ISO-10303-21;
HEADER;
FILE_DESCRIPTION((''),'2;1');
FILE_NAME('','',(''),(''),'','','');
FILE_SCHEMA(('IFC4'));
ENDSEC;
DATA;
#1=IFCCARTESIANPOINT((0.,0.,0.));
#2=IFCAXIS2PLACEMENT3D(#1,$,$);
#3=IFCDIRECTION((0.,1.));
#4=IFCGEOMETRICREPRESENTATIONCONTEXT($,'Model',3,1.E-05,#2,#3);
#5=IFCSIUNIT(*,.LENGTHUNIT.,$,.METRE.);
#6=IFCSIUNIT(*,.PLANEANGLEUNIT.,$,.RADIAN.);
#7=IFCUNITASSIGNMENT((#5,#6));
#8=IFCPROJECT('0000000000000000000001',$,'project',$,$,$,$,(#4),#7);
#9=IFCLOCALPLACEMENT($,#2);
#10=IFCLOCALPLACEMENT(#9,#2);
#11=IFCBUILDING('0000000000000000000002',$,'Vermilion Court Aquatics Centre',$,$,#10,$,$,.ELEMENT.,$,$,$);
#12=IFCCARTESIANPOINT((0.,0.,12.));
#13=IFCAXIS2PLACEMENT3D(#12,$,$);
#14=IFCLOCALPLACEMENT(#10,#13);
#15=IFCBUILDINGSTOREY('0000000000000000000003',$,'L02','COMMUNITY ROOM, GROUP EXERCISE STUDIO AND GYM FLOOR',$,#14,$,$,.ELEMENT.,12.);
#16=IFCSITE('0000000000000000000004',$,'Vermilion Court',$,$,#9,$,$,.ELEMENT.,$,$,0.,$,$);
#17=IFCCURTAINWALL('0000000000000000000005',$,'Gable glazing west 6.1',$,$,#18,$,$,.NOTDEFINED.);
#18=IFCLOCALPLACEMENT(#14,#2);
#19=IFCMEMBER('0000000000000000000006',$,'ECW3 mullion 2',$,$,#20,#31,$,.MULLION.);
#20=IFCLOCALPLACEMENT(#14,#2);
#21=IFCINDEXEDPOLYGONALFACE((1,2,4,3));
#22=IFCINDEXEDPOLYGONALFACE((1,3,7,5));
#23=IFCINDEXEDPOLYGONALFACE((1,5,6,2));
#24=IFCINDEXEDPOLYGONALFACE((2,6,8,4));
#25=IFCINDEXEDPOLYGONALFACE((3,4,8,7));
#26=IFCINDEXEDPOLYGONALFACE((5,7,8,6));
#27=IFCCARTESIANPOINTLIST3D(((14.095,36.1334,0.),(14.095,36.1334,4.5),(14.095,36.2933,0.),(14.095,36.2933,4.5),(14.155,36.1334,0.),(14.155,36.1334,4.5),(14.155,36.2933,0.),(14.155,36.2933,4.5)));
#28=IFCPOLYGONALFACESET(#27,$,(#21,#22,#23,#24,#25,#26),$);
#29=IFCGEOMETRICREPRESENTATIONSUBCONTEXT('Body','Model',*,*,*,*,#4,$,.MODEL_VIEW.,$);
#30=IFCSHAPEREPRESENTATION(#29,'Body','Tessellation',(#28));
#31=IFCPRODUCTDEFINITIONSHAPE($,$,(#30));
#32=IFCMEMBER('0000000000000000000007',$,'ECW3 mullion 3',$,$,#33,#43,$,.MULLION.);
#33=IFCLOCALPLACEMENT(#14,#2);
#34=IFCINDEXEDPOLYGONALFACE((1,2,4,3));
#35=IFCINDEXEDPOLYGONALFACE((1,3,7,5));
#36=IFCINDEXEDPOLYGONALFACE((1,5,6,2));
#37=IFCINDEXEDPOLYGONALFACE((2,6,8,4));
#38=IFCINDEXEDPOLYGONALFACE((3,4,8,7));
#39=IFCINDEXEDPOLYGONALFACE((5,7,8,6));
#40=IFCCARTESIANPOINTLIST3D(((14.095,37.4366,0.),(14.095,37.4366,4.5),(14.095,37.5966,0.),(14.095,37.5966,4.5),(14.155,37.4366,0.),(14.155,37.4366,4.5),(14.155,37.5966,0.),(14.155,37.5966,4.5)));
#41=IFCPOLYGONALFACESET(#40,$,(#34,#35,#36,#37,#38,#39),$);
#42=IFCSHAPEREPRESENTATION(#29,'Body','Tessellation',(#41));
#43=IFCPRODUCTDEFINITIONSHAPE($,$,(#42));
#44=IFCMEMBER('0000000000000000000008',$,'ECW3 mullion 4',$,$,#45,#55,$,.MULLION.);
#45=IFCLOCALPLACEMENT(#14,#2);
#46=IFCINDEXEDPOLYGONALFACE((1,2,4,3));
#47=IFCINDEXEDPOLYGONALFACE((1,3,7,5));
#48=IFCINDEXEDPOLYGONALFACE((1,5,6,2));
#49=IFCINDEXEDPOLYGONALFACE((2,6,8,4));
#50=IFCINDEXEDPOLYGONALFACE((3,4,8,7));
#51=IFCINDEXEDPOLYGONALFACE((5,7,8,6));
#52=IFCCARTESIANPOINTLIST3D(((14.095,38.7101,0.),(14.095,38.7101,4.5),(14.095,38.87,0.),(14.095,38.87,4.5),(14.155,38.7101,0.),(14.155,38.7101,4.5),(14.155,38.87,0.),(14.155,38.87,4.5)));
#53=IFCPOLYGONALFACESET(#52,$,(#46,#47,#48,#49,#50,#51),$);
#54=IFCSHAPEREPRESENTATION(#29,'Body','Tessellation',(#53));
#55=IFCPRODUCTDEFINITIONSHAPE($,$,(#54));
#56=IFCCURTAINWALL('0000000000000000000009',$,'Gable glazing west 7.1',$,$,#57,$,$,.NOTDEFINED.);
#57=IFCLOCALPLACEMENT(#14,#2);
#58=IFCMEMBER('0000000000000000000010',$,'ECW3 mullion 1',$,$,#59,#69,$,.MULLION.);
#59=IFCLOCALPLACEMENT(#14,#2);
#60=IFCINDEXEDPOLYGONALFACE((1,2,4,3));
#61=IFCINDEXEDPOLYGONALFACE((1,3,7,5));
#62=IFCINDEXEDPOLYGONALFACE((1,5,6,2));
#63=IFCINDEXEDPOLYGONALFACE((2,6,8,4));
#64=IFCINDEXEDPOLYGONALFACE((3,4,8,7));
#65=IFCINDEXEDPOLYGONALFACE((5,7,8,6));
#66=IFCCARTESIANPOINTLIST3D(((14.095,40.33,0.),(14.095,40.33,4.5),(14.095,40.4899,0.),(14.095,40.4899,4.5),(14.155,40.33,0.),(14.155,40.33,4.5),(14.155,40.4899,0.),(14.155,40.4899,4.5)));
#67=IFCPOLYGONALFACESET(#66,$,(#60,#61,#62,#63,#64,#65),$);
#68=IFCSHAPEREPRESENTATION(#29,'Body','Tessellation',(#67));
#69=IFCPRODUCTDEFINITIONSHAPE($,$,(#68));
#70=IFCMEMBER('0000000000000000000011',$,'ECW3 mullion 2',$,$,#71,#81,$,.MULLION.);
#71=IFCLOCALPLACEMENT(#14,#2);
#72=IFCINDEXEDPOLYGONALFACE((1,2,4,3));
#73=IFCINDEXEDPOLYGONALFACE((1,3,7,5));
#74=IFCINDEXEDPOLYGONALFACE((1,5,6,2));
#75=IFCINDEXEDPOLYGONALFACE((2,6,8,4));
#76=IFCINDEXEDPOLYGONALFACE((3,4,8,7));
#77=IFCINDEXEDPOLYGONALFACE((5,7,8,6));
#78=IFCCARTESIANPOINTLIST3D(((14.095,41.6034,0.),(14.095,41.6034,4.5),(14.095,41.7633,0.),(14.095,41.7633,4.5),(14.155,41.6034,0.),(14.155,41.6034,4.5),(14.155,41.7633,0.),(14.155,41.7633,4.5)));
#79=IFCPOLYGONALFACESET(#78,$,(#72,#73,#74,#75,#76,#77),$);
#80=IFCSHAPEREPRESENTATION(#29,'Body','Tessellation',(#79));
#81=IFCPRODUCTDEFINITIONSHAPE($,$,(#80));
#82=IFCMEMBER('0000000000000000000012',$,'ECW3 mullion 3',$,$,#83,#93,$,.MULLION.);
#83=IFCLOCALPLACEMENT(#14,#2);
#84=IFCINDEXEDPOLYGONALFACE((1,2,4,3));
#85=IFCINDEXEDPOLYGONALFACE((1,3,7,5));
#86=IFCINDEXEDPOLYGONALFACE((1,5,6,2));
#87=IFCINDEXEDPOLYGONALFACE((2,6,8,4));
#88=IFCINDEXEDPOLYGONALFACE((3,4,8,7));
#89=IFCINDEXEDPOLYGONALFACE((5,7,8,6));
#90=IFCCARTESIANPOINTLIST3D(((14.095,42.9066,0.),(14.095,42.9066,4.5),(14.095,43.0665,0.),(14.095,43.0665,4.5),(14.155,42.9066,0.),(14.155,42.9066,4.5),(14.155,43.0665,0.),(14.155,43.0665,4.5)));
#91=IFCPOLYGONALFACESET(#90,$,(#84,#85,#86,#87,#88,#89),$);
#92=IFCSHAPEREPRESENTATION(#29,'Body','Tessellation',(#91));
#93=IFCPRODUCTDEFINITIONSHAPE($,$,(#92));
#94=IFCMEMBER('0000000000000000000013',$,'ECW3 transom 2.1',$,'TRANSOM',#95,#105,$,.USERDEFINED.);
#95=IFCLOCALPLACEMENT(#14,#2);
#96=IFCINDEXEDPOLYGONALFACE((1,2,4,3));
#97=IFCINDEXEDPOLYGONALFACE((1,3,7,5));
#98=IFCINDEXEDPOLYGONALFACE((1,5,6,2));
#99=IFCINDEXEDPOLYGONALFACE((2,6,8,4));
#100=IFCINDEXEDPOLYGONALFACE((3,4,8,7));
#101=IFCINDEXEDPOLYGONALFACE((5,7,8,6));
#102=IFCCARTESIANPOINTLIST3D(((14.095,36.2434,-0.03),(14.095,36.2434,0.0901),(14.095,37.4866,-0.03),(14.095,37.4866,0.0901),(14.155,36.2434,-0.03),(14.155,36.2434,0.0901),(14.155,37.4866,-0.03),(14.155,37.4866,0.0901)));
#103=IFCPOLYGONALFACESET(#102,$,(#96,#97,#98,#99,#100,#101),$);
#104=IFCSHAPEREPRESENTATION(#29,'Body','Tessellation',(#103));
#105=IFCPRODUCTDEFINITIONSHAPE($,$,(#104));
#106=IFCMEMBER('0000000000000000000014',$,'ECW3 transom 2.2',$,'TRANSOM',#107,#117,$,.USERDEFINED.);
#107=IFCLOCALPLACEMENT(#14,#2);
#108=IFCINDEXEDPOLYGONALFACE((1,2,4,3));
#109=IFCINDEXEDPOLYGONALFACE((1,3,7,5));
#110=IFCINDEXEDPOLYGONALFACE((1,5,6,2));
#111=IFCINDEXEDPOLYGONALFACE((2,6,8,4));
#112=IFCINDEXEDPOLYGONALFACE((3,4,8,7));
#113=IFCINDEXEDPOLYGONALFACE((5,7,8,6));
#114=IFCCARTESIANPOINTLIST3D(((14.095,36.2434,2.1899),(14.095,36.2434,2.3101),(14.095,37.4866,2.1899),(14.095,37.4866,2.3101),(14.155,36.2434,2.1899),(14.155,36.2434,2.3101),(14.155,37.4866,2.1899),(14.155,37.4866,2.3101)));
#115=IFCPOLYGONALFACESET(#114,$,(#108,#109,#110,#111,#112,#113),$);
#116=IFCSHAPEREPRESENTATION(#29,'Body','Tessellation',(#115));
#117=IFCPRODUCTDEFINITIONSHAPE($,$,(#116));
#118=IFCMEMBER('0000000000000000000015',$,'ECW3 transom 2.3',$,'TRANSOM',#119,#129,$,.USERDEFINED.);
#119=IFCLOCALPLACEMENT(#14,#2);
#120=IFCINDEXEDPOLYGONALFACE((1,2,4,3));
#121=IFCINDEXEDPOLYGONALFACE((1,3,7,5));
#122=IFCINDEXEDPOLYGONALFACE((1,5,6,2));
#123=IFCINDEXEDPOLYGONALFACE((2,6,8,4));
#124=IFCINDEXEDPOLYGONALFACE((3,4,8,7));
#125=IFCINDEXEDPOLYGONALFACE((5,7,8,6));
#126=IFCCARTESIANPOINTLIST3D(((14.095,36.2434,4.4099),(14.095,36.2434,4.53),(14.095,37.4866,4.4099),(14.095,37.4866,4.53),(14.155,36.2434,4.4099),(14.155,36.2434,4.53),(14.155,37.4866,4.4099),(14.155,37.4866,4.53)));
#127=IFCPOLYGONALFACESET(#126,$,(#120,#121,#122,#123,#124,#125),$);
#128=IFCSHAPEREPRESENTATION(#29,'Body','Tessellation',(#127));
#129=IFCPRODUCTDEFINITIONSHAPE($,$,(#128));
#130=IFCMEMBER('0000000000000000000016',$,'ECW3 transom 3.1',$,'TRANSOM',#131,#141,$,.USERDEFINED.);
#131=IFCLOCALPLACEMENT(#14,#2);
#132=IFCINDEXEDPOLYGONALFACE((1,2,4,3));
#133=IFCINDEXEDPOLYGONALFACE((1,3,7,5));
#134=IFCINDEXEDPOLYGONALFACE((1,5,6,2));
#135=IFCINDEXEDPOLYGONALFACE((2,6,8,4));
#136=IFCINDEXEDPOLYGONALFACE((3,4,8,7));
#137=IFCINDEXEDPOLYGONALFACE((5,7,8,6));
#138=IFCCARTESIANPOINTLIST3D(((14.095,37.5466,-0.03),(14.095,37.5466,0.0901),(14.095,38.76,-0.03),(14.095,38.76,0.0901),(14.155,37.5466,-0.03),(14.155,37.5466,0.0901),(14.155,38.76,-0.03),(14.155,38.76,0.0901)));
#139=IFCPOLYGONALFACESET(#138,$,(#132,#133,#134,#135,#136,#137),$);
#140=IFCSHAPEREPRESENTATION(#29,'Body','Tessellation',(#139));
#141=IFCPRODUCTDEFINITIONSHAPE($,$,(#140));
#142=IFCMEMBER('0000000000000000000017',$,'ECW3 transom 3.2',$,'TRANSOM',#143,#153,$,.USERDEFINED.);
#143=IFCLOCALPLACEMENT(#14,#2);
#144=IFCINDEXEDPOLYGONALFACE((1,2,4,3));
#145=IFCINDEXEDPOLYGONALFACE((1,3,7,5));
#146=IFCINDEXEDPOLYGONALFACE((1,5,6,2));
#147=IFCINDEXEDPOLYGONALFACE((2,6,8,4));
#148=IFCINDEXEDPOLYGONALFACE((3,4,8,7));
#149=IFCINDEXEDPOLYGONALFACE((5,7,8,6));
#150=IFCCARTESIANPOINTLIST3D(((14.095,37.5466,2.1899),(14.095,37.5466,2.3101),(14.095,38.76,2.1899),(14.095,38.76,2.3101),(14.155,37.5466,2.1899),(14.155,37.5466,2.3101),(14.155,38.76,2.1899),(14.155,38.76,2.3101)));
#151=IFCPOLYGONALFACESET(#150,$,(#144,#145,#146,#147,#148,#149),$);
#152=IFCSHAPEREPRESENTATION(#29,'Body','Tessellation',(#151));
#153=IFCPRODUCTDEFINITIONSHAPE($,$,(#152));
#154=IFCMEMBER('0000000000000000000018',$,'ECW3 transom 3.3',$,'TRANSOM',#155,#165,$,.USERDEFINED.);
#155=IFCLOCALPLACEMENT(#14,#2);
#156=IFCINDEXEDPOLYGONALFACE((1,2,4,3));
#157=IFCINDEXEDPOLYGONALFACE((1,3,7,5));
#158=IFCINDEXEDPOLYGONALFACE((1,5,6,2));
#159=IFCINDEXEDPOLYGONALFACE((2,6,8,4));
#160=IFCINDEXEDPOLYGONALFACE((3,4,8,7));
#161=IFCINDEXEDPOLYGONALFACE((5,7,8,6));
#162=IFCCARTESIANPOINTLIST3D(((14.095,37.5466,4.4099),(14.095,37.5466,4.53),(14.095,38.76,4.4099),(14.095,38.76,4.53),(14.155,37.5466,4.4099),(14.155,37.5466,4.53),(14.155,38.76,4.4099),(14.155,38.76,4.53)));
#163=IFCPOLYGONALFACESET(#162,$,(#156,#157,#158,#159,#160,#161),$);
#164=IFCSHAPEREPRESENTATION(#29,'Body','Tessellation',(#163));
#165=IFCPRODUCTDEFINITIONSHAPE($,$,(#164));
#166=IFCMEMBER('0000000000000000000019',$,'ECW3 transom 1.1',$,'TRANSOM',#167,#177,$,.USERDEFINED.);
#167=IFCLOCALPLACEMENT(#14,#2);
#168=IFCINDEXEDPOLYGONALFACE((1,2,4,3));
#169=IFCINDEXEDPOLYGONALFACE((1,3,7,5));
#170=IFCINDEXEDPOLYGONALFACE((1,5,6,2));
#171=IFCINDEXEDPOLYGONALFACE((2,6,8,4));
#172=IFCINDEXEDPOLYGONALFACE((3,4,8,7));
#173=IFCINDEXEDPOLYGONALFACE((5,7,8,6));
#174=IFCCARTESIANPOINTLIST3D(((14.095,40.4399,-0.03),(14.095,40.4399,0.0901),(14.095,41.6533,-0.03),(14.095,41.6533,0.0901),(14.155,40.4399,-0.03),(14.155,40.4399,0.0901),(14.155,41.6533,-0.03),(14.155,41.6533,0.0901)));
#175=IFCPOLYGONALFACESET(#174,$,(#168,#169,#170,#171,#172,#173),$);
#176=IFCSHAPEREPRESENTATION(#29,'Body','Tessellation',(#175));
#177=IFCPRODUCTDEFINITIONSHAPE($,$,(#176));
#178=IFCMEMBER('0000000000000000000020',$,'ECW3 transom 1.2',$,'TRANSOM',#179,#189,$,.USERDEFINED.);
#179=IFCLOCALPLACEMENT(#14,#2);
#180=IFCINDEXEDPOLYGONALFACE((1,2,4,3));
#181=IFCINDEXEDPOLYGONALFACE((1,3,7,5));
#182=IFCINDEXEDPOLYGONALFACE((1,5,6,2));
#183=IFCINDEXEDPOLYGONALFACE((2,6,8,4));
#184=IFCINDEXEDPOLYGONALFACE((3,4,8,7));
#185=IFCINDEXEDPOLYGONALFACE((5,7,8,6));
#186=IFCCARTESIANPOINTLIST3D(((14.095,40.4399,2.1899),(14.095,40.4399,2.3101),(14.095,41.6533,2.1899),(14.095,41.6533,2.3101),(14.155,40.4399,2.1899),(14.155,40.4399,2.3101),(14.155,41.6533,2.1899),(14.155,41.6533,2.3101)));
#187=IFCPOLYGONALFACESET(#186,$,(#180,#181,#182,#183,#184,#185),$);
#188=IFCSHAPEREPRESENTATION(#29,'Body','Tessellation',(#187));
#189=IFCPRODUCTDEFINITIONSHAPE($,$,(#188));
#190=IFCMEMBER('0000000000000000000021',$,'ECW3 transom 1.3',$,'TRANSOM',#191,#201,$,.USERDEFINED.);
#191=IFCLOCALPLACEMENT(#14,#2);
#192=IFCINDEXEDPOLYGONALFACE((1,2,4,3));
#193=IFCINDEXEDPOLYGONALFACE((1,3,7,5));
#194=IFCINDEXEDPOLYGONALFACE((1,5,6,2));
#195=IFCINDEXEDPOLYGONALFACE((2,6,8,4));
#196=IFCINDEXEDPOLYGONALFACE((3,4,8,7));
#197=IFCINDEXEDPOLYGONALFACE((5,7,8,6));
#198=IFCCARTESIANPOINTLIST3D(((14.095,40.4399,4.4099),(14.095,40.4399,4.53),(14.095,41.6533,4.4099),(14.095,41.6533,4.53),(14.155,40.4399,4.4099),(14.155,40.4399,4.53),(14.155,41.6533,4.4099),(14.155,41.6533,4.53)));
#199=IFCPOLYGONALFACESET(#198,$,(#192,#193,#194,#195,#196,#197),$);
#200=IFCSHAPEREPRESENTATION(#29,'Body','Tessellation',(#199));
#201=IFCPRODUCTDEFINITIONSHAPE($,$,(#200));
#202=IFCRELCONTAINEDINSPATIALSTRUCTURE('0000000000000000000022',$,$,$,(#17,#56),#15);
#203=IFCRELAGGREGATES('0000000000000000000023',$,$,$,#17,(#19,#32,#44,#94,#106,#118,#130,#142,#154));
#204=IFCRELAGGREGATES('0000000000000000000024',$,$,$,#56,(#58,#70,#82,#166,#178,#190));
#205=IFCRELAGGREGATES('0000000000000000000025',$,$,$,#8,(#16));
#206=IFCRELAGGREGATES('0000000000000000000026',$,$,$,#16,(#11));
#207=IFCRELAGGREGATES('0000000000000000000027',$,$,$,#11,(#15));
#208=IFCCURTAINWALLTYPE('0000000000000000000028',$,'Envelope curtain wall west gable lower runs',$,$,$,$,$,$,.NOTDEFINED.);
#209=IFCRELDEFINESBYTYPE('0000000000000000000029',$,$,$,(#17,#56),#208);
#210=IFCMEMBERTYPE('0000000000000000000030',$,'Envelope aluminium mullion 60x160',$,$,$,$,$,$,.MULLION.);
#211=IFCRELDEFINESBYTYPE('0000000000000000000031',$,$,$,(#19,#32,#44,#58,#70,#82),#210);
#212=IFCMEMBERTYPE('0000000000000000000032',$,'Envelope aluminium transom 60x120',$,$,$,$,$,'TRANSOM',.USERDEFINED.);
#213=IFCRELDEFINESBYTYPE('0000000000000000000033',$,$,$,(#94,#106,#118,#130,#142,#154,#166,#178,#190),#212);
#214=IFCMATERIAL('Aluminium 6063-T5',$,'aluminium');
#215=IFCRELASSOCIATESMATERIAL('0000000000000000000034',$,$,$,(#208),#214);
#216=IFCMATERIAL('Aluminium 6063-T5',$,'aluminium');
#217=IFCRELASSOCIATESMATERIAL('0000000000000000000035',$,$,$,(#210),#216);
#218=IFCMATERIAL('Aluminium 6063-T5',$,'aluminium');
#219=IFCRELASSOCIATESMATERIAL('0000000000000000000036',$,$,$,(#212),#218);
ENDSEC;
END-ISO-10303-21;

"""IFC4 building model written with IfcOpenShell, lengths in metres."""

from ifc_helpers import new_model, si_unit, direction, frame, origin, origin_2d, place, context, subcontext, project, spatial, rectangle, extrude, material, material_profile, profile_set, type_object, element, aggregate, save


model = new_model("IFC4")

# Units and contexts
model_context = context("Model", 3, precision=1e-05, world=origin(), true_north=direction((0.0, 1.0)))
body_context = subcontext(model_context, "Body", "Model", "MODEL_VIEW")
ifc_project = project(units=[si_unit("LENGTHUNIT", "METRE"), si_unit("PLANEANGLEUNIT", "RADIAN")], contexts=[model_context])

# Site, building, storey
site_placement = place(None, origin())
site = spatial("IfcSite", under=ifc_project, at=site_placement, Name="Vermilion Court", CompositionType="ELEMENT", RefElevation=0.0)
building_placement = place(site_placement, origin())
building = spatial("IfcBuilding", under=site, at=building_placement, Name="Vermilion Court Aquatics Centre", CompositionType="ELEMENT")
storey_placement = place(building_placement, frame((0.0, 0.0, 12.0)))
storey = spatial("IfcBuildingStorey", under=building, at=storey_placement, Name="L02", Description="COMMUNITY ROOM, GROUP EXERCISE STUDIO AND GYM FLOOR", CompositionType="ELEMENT", Elevation=12.0)

# Curtain walls, members
ifc_material_1 = material(Name="Aluminium 6063-T5", Category="aluminium")
curtain_wall_type = type_object("IfcCurtainWallType", Name="Envelope curtain wall west gable lower runs", PredefinedType="NOTDEFINED", material=ifc_material_1)
curtain_wall_1_placement = place(storey_placement, origin())
curtain_wall_1 = element("IfcCurtainWall", 1, at=curtain_wall_1_placement, inside=storey, type_object=curtain_wall_type, Name="Gable glazing west 6.1", PredefinedType="NOTDEFINED")
ifc_material_2 = material(Name="Aluminium 6063-T5", Category="aluminium")
ifc_material_profile_1 = material_profile(ifc_material_2, rectangle(XDim=0.0601, YDim=0.1599, at=origin_2d()), Name="AL 60x160")
ifc_profile_set_1 = profile_set([ifc_material_profile_1], Name="Aluminium 6063-T5")
member_type_1 = type_object("IfcMemberType", Name="Envelope aluminium mullion 60x160", PredefinedType="MULLION", material=ifc_profile_set_1)
member_1_placement = place(storey_placement, frame((14.125, 36.2134, 0.0), z_axis=(0.0, 0.0, 1.0), x_axis=(-1.0, 0.0, 0.0)))
member_1 = element("IfcMember", 2, at=member_1_placement, type_object=member_type_1, Name="ECW3 mullion 2", PredefinedType="MULLION", context=body_context, shape_type="SweptSolid", body=[
    extrude(rectangle(XDim=0.0601, YDim=0.1599, at=origin_2d()), origin(), (0.0, 0.0, 1.0), 4.5),
])
member_2_placement = place(storey_placement, frame((14.125, 37.5166, 0.0), z_axis=(0.0, 0.0, 1.0), x_axis=(-1.0, 0.0, 0.0)))
member_2 = element("IfcMember", 3, at=member_2_placement, type_object=member_type_1, Name="ECW3 mullion 3", PredefinedType="MULLION", context=body_context, shape_type="SweptSolid", body=[
    extrude(rectangle(XDim=0.0601, YDim=0.1599, at=origin_2d()), origin(), (0.0, 0.0, 1.0), 4.5),
])
member_3_placement = place(storey_placement, frame((14.125, 38.79, 0.0), z_axis=(0.0, 0.0, 1.0), x_axis=(-1.0, 0.0, 0.0)))
member_3 = element("IfcMember", 4, at=member_3_placement, type_object=member_type_1, Name="ECW3 mullion 4", PredefinedType="MULLION", context=body_context, shape_type="SweptSolid", body=[
    extrude(rectangle(XDim=0.0601, YDim=0.1599, at=origin_2d()), origin(), (0.0, 0.0, 1.0), 4.5),
])
curtain_wall_2_placement = place(storey_placement, origin())
curtain_wall_2 = element("IfcCurtainWall", 5, at=curtain_wall_2_placement, inside=storey, type_object=curtain_wall_type, Name="Gable glazing west 7.1", PredefinedType="NOTDEFINED")
member_4_placement = place(storey_placement, frame((14.125, 40.4099, 0.0), z_axis=(0.0, 0.0, 1.0), x_axis=(-1.0, 0.0, 0.0)))
member_4 = element("IfcMember", 6, at=member_4_placement, type_object=member_type_1, Name="ECW3 mullion 1", PredefinedType="MULLION", context=body_context, shape_type="SweptSolid", body=[
    extrude(rectangle(XDim=0.0601, YDim=0.1599, at=origin_2d()), origin(), (0.0, 0.0, 1.0), 4.5),
])
member_5_placement = place(storey_placement, frame((14.125, 41.6833, 0.0), z_axis=(0.0, 0.0, 1.0), x_axis=(-1.0, 0.0, 0.0)))
member_5 = element("IfcMember", 7, at=member_5_placement, type_object=member_type_1, Name="ECW3 mullion 2", PredefinedType="MULLION", context=body_context, shape_type="SweptSolid", body=[
    extrude(rectangle(XDim=0.0601, YDim=0.1599, at=origin_2d()), origin(), (0.0, 0.0, 1.0), 4.5),
])
member_6_placement = place(storey_placement, frame((14.125, 42.9866, 0.0), z_axis=(0.0, 0.0, 1.0), x_axis=(-1.0, 0.0, 0.0)))
member_6 = element("IfcMember", 8, at=member_6_placement, type_object=member_type_1, Name="ECW3 mullion 3", PredefinedType="MULLION", context=body_context, shape_type="SweptSolid", body=[
    extrude(rectangle(XDim=0.0601, YDim=0.1599, at=origin_2d()), origin(), (0.0, 0.0, 1.0), 4.5),
])

# Members
ifc_material_3 = material(Name="Aluminium 6063-T5", Category="aluminium")
ifc_material_profile_2 = material_profile(ifc_material_3, rectangle(XDim=0.0601, YDim=0.1201, at=origin_2d()), Name="AL 60x120")
ifc_profile_set_2 = profile_set([ifc_material_profile_2], Name="Aluminium 6063-T5")
member_type_2 = type_object("IfcMemberType", Name="Envelope aluminium transom 60x120", ElementType="TRANSOM", PredefinedType="USERDEFINED", material=ifc_profile_set_2)
member_7_placement = place(storey_placement, frame((14.125, 36.2434, 0.03), z_axis=(0.0, 1.0, 0.0), x_axis=(-1.0, 0.0, 0.0)))
member_7 = element("IfcMember", 9, at=member_7_placement, type_object=member_type_2, Name="ECW3 transom 2.1", ObjectType="TRANSOM", PredefinedType="USERDEFINED", context=body_context, shape_type="SweptSolid", body=[
    extrude(rectangle(XDim=0.0601, YDim=0.1201, at=origin_2d()), origin(), (0.0, 0.0, 1.0), 1.2432),
])
member_8_placement = place(storey_placement, frame((14.125, 36.2434, 2.25), z_axis=(0.0, 1.0, 0.0), x_axis=(-1.0, 0.0, 0.0)))
member_8 = element("IfcMember", 10, at=member_8_placement, type_object=member_type_2, Name="ECW3 transom 2.2", ObjectType="TRANSOM", PredefinedType="USERDEFINED", context=body_context, shape_type="SweptSolid", body=[
    extrude(rectangle(XDim=0.0601, YDim=0.1201, at=origin_2d()), origin(), (0.0, 0.0, 1.0), 1.2432),
])
member_9_placement = place(storey_placement, frame((14.125, 36.2434, 4.47), z_axis=(0.0, 1.0, 0.0), x_axis=(-1.0, 0.0, 0.0)))
member_9 = element("IfcMember", 11, at=member_9_placement, type_object=member_type_2, Name="ECW3 transom 2.3", ObjectType="TRANSOM", PredefinedType="USERDEFINED", context=body_context, shape_type="SweptSolid", body=[
    extrude(rectangle(XDim=0.0601, YDim=0.1201, at=origin_2d()), origin(), (0.0, 0.0, 1.0), 1.2432),
])
member_10_placement = place(storey_placement, frame((14.125, 37.5466, 0.03), z_axis=(0.0, 1.0, 0.0), x_axis=(-1.0, 0.0, 0.0)))
member_10 = element("IfcMember", 12, at=member_10_placement, type_object=member_type_2, Name="ECW3 transom 3.1", ObjectType="TRANSOM", PredefinedType="USERDEFINED", context=body_context, shape_type="SweptSolid", body=[
    extrude(rectangle(XDim=0.0601, YDim=0.1201, at=origin_2d()), origin(), (0.0, 0.0, 1.0), 1.2134),
])
member_11_placement = place(storey_placement, frame((14.125, 37.5466, 2.25), z_axis=(0.0, 1.0, 0.0), x_axis=(-1.0, 0.0, 0.0)))
member_11 = element("IfcMember", 13, at=member_11_placement, type_object=member_type_2, Name="ECW3 transom 3.2", ObjectType="TRANSOM", PredefinedType="USERDEFINED", context=body_context, shape_type="SweptSolid", body=[
    extrude(rectangle(XDim=0.0601, YDim=0.1201, at=origin_2d()), origin(), (0.0, 0.0, 1.0), 1.2134),
])
member_12_placement = place(storey_placement, frame((14.125, 37.5466, 4.47), z_axis=(0.0, 1.0, 0.0), x_axis=(-1.0, 0.0, 0.0)))
member_12 = element("IfcMember", 14, at=member_12_placement, type_object=member_type_2, Name="ECW3 transom 3.3", ObjectType="TRANSOM", PredefinedType="USERDEFINED", context=body_context, shape_type="SweptSolid", body=[
    extrude(rectangle(XDim=0.0601, YDim=0.1201, at=origin_2d()), origin(), (0.0, 0.0, 1.0), 1.2134),
])
member_13_placement = place(storey_placement, frame((14.125, 40.4399, 0.03), z_axis=(0.0, 1.0, 0.0), x_axis=(-1.0, 0.0, 0.0)))
member_13 = element("IfcMember", 15, at=member_13_placement, type_object=member_type_2, Name="ECW3 transom 1.1", ObjectType="TRANSOM", PredefinedType="USERDEFINED", context=body_context, shape_type="SweptSolid", body=[
    extrude(rectangle(XDim=0.0601, YDim=0.1201, at=origin_2d()), origin(), (0.0, 0.0, 1.0), 1.2134),
])
member_14_placement = place(storey_placement, frame((14.125, 40.4399, 2.25), z_axis=(0.0, 1.0, 0.0), x_axis=(-1.0, 0.0, 0.0)))
member_14 = element("IfcMember", 16, at=member_14_placement, type_object=member_type_2, Name="ECW3 transom 1.2", ObjectType="TRANSOM", PredefinedType="USERDEFINED", context=body_context, shape_type="SweptSolid", body=[
    extrude(rectangle(XDim=0.0601, YDim=0.1201, at=origin_2d()), origin(), (0.0, 0.0, 1.0), 1.2134),
])
member_15_placement = place(storey_placement, frame((14.125, 40.4399, 4.47), z_axis=(0.0, 1.0, 0.0), x_axis=(-1.0, 0.0, 0.0)))
member_15 = element("IfcMember", 17, at=member_15_placement, type_object=member_type_2, Name="ECW3 transom 1.3", ObjectType="TRANSOM", PredefinedType="USERDEFINED", context=body_context, shape_type="SweptSolid", body=[
    extrude(rectangle(XDim=0.0601, YDim=0.1201, at=origin_2d()), origin(), (0.0, 0.0, 1.0), 1.2134),
])

aggregate(curtain_wall_1, [member_1, member_2, member_3, member_7, member_8, member_9, member_10, member_11, member_12])
aggregate(curtain_wall_2, [member_4, member_5, member_6, member_13, member_14, member_15])

save(model, "model.ifc")
